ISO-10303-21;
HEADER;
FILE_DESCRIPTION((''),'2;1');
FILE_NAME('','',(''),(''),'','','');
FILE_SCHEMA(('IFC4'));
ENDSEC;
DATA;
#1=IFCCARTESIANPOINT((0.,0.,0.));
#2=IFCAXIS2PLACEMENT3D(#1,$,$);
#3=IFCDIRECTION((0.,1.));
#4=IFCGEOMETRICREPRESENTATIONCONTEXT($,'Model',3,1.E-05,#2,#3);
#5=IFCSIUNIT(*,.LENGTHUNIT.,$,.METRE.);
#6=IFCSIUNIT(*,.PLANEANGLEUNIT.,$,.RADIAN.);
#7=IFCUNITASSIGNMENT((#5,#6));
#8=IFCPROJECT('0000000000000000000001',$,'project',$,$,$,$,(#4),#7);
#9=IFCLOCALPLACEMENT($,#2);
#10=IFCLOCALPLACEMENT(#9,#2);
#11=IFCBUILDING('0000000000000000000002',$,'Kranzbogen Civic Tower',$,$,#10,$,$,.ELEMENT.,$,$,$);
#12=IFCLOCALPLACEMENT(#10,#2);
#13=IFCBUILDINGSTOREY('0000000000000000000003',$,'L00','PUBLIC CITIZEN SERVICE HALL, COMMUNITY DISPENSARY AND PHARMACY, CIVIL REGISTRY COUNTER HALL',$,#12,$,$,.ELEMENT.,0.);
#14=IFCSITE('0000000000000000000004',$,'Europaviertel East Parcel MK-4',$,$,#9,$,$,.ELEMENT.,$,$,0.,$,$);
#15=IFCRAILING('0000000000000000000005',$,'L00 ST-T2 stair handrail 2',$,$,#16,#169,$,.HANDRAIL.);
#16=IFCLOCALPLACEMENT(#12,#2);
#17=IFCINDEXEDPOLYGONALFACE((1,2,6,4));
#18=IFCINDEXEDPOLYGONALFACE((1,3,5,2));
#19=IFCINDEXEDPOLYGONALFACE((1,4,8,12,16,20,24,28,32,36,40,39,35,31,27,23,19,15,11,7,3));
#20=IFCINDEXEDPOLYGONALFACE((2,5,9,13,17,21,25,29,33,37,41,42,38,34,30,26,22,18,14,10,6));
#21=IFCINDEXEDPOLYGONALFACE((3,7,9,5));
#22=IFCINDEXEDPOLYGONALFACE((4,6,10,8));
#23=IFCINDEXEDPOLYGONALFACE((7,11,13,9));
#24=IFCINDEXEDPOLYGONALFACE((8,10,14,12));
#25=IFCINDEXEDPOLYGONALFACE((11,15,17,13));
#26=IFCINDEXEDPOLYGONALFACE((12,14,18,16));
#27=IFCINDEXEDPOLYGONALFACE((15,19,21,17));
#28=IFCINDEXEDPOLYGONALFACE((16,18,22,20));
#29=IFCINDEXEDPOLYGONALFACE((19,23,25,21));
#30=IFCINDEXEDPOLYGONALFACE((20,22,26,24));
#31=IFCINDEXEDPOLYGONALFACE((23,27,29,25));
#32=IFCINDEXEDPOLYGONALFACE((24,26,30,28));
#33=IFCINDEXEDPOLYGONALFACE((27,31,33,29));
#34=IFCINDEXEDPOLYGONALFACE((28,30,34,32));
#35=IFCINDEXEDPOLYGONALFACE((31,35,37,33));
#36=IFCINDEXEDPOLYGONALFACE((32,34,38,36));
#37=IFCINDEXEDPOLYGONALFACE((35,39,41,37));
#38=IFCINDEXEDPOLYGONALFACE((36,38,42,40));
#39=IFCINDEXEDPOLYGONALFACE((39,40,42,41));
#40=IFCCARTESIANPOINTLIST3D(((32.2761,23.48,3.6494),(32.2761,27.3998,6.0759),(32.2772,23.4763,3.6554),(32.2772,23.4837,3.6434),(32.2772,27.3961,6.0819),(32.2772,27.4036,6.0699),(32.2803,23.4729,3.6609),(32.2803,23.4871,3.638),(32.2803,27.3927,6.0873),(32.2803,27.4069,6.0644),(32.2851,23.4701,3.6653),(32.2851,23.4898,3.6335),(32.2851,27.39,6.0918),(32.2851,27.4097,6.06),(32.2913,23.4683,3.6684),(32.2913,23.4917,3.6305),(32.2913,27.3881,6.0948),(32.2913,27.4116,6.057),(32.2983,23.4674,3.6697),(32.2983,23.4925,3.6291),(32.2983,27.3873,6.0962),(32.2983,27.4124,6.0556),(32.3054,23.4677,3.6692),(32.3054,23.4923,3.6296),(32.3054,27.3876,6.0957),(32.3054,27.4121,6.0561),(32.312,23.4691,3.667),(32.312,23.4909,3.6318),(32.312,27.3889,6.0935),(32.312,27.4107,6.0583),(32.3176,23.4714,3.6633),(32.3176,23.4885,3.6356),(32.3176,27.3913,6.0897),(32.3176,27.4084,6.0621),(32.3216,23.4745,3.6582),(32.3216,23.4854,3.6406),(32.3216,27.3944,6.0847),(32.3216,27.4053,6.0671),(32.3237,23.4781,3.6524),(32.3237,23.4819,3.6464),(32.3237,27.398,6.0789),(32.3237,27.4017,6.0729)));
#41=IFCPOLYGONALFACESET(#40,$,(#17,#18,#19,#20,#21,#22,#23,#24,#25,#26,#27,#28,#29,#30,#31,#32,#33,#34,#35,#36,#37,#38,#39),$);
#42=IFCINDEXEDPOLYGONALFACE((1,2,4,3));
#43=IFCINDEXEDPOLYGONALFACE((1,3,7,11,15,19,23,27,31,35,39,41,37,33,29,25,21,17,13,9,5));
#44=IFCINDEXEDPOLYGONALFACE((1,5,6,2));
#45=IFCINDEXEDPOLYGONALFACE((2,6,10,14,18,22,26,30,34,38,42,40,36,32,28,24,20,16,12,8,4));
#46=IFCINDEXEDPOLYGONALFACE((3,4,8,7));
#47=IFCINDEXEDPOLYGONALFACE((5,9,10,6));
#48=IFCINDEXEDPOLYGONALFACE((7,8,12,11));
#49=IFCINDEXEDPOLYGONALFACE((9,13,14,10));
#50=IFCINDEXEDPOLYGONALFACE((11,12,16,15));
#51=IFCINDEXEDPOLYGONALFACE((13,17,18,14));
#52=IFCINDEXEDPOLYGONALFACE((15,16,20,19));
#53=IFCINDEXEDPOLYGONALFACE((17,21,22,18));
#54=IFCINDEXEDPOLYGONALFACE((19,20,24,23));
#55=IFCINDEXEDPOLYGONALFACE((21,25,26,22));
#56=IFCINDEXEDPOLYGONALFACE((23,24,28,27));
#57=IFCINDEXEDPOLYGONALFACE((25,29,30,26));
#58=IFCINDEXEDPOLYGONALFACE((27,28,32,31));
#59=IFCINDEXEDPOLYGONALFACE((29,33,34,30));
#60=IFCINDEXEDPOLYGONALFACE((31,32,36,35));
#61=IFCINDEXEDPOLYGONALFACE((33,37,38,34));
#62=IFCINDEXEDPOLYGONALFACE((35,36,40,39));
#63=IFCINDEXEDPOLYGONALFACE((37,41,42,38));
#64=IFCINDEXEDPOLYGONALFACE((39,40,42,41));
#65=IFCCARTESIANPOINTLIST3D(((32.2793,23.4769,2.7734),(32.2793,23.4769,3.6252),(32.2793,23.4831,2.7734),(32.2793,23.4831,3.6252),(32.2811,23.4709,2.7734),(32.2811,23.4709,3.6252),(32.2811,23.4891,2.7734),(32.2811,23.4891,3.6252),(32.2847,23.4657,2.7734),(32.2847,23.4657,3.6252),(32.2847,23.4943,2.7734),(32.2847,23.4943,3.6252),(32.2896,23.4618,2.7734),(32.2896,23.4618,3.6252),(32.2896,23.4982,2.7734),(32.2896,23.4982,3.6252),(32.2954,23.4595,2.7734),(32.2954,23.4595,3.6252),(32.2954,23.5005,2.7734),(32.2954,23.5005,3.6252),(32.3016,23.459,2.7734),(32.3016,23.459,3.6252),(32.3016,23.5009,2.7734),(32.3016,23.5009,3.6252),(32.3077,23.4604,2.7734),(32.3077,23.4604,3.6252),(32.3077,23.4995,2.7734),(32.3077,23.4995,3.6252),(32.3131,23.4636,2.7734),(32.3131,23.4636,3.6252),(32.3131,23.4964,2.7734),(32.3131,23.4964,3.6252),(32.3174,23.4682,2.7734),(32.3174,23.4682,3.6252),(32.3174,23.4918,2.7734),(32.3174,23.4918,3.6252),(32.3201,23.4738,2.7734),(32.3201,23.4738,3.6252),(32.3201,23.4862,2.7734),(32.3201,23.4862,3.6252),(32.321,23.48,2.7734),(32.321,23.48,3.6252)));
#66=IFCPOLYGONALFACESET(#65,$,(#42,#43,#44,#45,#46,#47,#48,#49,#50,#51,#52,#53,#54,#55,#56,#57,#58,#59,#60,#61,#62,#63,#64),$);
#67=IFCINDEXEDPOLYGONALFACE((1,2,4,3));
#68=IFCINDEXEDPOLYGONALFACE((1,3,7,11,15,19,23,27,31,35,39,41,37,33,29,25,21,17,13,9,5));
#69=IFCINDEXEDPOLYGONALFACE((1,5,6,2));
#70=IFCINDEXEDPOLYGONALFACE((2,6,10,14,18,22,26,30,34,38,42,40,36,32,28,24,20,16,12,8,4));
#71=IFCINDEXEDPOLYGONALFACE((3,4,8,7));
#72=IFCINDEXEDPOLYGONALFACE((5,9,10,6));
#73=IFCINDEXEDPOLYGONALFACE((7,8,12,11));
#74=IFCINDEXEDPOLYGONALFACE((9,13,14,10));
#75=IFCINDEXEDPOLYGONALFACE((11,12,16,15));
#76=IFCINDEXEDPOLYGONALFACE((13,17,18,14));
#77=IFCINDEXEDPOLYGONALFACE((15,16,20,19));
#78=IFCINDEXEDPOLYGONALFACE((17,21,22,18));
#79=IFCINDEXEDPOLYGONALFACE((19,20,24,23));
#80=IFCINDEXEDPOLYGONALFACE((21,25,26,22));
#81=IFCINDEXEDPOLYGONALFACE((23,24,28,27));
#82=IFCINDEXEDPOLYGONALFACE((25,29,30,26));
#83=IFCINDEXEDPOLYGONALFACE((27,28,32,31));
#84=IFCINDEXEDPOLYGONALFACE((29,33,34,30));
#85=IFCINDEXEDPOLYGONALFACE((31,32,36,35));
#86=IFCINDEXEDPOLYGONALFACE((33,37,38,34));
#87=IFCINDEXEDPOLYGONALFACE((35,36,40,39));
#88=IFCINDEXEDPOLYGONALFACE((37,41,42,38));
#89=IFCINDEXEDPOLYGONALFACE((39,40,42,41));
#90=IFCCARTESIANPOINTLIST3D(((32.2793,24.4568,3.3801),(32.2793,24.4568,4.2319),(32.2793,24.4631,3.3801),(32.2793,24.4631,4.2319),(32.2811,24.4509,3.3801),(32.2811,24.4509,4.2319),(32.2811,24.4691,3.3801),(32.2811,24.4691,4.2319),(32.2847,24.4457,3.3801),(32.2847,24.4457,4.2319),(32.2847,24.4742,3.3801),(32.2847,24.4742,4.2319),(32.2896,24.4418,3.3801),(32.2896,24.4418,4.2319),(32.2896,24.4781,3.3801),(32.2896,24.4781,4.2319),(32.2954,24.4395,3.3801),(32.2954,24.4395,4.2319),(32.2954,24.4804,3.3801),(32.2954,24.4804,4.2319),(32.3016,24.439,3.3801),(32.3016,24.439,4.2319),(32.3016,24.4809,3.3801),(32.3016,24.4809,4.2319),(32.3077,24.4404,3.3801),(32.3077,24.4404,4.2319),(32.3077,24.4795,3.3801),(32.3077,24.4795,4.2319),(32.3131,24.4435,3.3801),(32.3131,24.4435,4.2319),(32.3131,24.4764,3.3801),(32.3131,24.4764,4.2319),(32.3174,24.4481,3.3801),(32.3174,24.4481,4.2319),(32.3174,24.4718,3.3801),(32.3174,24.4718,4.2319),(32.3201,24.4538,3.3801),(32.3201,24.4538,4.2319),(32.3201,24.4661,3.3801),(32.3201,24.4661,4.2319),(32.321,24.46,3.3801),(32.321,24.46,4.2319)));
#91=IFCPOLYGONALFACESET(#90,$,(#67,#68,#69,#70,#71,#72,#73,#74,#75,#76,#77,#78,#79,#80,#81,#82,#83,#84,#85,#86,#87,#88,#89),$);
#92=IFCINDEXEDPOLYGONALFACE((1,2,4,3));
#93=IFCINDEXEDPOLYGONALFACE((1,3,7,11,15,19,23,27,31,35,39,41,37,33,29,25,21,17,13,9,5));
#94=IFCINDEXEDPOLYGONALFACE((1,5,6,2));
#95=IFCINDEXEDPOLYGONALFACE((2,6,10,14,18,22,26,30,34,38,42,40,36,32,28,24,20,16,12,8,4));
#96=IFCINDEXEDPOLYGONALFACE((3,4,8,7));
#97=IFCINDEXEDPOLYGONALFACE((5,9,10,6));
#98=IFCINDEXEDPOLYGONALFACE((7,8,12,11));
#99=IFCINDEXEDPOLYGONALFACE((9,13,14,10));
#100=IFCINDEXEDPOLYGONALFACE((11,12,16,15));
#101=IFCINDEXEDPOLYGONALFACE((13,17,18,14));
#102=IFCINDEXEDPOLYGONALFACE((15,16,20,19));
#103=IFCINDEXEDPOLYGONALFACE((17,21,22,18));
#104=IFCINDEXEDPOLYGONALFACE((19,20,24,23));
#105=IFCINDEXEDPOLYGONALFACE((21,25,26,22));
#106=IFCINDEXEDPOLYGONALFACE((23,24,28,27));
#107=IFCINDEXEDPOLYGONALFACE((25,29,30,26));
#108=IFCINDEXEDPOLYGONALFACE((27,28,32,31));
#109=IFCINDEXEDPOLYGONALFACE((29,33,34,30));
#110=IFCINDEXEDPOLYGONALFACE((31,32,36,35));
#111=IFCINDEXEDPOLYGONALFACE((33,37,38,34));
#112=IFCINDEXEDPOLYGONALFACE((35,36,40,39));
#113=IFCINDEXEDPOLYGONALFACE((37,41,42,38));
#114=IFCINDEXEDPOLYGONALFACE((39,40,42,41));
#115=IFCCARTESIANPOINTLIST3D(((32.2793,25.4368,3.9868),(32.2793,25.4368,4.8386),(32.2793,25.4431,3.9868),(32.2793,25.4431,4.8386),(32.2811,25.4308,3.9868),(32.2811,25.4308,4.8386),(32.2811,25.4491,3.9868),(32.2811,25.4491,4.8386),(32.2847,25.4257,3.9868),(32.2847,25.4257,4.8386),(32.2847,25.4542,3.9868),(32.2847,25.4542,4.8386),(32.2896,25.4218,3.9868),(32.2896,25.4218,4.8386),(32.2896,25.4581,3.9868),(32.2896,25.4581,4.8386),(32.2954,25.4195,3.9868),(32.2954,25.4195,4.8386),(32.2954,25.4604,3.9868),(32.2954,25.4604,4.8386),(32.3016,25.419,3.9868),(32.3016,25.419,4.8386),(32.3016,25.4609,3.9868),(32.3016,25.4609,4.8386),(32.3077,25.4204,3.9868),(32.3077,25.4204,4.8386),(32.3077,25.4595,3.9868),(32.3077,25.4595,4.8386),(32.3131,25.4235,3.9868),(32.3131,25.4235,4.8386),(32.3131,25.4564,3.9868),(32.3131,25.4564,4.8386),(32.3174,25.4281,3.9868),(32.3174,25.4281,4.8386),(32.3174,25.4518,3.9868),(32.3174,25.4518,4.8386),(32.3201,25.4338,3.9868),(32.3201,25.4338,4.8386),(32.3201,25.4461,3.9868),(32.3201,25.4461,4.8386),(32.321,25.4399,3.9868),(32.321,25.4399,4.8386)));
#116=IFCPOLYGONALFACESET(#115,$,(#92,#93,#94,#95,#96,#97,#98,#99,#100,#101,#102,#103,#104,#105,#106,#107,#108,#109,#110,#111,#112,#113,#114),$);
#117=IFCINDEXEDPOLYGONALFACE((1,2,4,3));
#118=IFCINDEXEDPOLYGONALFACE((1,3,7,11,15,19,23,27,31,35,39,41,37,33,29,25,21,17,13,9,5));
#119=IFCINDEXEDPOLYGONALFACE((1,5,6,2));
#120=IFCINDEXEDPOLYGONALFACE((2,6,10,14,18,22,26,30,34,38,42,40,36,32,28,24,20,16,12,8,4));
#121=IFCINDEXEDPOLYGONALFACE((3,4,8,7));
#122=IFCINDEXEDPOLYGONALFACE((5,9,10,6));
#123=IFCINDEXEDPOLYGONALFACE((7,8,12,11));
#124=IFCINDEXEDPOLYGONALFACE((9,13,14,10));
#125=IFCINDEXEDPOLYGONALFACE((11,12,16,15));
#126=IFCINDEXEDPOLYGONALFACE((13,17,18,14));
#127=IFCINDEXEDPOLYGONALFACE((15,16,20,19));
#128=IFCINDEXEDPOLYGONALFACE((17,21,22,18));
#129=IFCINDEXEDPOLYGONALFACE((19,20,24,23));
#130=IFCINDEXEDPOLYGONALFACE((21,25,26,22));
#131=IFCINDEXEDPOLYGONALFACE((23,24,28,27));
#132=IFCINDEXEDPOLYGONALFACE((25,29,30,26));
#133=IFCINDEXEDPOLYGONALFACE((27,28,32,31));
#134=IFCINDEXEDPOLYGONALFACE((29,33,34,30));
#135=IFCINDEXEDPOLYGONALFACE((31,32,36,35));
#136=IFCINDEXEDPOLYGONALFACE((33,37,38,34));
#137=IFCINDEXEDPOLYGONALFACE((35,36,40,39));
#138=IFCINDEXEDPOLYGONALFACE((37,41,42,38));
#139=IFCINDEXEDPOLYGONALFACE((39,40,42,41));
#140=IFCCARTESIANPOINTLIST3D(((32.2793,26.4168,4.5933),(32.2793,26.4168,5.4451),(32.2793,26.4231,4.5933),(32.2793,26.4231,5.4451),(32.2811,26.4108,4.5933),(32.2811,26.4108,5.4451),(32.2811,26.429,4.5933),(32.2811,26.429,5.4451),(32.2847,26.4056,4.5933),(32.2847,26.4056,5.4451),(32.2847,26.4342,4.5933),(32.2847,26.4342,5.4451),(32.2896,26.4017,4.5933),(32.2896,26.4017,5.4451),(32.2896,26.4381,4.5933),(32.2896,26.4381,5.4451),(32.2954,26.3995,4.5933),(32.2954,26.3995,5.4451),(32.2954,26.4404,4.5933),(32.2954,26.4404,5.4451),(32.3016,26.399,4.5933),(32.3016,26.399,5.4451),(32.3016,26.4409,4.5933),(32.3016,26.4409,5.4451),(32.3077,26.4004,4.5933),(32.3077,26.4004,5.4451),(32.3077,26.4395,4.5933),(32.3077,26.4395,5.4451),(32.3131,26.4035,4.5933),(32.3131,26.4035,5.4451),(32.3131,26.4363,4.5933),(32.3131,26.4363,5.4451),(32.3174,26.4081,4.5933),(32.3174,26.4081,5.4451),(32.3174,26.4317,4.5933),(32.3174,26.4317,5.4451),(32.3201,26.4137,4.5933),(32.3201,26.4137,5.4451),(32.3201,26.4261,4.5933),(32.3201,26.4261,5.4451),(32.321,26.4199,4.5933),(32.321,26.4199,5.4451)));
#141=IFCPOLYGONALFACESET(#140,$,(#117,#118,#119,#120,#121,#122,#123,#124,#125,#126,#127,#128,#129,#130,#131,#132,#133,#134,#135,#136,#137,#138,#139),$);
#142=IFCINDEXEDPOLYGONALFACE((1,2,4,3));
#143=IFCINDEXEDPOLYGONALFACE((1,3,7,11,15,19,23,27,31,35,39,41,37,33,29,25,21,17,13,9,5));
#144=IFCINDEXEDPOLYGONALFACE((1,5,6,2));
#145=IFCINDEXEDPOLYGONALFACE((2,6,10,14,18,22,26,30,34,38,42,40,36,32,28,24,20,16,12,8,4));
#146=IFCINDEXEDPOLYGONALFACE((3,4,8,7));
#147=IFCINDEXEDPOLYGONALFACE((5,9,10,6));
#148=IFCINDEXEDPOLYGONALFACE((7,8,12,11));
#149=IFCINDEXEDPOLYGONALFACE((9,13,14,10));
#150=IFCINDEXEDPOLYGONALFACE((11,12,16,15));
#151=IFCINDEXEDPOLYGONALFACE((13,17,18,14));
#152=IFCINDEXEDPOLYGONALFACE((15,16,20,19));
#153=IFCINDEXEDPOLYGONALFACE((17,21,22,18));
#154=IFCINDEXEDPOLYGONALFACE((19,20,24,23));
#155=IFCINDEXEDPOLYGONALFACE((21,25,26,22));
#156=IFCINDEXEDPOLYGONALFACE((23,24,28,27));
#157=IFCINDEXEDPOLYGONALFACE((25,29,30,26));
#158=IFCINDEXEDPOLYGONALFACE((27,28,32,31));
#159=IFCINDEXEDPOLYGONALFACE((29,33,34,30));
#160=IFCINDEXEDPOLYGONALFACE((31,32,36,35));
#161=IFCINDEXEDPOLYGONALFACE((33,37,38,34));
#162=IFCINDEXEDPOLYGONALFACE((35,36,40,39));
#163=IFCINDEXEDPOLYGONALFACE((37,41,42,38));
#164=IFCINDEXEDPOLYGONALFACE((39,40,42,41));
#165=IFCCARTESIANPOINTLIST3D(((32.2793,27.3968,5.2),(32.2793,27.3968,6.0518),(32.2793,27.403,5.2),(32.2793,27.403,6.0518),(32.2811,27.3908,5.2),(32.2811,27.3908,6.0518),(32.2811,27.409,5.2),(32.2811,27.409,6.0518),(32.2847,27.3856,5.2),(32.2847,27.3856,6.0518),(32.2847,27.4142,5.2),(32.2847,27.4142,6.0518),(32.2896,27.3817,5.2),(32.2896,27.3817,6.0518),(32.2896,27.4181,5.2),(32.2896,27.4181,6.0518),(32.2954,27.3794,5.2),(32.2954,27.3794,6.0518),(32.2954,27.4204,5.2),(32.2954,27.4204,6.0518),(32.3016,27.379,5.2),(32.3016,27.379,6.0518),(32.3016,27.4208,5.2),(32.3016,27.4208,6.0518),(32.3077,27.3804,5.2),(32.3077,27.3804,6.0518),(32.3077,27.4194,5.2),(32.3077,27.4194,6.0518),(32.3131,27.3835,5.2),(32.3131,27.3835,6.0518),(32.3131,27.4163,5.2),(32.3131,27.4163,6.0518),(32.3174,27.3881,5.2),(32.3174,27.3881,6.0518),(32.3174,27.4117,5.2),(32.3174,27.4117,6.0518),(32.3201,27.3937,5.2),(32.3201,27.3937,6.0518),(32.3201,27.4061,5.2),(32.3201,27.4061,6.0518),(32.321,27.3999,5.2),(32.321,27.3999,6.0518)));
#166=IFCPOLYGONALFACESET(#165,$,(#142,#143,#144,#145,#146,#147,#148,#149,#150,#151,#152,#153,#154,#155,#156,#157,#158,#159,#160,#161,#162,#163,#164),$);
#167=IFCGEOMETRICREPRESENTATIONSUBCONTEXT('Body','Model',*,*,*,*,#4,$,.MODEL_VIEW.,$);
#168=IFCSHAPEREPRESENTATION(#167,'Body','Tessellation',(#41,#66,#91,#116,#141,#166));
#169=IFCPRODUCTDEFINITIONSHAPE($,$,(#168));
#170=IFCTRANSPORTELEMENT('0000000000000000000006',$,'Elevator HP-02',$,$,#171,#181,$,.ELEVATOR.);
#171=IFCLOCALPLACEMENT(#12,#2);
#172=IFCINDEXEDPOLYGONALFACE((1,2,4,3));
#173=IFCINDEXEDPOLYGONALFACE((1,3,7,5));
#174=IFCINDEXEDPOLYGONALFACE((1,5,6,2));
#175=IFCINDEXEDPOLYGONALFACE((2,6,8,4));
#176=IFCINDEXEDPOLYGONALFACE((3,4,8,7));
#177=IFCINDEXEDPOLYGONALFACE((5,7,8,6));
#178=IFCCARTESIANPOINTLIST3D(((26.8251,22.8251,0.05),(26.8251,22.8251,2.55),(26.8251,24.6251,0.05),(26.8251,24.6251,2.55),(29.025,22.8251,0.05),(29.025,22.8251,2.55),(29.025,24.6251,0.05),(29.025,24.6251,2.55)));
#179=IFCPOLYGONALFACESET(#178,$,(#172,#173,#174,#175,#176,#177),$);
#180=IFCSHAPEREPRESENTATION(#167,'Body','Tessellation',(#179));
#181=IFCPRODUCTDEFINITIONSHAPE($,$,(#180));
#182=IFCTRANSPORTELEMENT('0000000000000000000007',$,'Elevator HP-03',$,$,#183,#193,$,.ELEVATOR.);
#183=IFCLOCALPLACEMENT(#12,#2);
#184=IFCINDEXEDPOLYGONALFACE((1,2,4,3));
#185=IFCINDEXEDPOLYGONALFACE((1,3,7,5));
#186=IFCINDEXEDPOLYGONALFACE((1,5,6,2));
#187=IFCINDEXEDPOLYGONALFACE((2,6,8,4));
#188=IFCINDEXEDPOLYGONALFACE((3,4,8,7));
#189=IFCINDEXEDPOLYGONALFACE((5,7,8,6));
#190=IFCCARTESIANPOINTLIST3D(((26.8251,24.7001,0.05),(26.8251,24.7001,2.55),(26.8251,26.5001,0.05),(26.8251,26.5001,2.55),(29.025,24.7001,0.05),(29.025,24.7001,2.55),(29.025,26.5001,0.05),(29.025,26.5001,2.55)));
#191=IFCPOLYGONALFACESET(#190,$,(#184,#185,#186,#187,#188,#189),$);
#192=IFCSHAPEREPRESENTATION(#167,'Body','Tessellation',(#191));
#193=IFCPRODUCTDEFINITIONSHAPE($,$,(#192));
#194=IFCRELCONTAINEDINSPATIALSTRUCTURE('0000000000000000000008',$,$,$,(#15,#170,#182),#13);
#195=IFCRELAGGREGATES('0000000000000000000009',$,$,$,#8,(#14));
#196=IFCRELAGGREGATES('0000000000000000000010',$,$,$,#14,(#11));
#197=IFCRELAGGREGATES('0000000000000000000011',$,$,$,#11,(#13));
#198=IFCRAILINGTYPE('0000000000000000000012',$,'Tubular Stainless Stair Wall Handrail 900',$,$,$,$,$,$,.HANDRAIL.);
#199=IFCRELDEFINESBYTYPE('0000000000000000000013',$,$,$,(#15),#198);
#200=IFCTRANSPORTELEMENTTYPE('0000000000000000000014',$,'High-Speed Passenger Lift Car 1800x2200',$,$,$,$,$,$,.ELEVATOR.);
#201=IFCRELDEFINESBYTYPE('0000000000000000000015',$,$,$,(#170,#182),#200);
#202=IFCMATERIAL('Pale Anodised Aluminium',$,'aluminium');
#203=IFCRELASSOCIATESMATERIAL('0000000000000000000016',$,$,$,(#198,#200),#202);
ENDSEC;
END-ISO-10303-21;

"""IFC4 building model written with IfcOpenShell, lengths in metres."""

from ifc_helpers import new_model, si_unit, direction, frame, origin, origin_2d, place, context, subcontext, project, spatial, rectangle, circle, extrude, material, type_object, element, save


model = new_model("IFC4")

# Units and contexts
model_context = context("Model", 3, precision=1e-05, world=origin(), true_north=direction((0.0, 1.0)))
body_context = subcontext(model_context, "Body", "Model", "MODEL_VIEW")
ifc_project = project(units=[si_unit("LENGTHUNIT", "METRE"), si_unit("PLANEANGLEUNIT", "RADIAN")], contexts=[model_context])

# Site, building, storey
site_placement = place(None, origin())
site = spatial("IfcSite", under=ifc_project, at=site_placement, Name="Europaviertel East Parcel MK-4", CompositionType="ELEMENT", RefElevation=0.0)
building_placement = place(site_placement, origin())
building = spatial("IfcBuilding", under=site, at=building_placement, Name="Kranzbogen Civic Tower", CompositionType="ELEMENT")
storey_placement = place(building_placement, origin())
storey = spatial("IfcBuildingStorey", under=building, at=storey_placement, Name="L00", Description="PUBLIC CITIZEN SERVICE HALL, COMMUNITY DISPENSARY AND PHARMACY, CIVIL REGISTRY COUNTER HALL", CompositionType="ELEMENT", Elevation=0.0)

# Shared definitions
ifc_material_1 = material(Name="Pale Anodised Aluminium", Category="aluminium")

# Railing
railing_type_1 = type_object("IfcRailingType", Name="Tubular Stainless Stair Wall Handrail 900", PredefinedType="HANDRAIL", material=ifc_material_1)
railing_1_placement = place(storey_placement, frame((32.3, 23.48, 2.7734)))
element("IfcRailing", 1, at=railing_1_placement, inside=storey, type_object=railing_type_1, Name="L00 ST-T2 stair handrail 2", PredefinedType="HANDRAIL", context=body_context, shape_type="SweptSolid", body=[
    extrude(circle(Radius=0.0239, at=origin_2d()), frame((0.0, 0.0, 0.876), z_axis=(0.0, 0.850275, 0.526338), x_axis=(-1.0, 0.0, 0.0)), (0.0, 0.0, 1.0), 4.6101),
    extrude(circle(Radius=0.021, at=origin_2d()), origin(), (0.0, 0.0, 1.0), 0.8518),
    extrude(circle(Radius=0.021, at=origin_2d()), frame((0.0, 0.98, 0.6067)), (0.0, 0.0, 1.0), 0.8518),
    extrude(circle(Radius=0.021, at=origin_2d()), frame((0.0, 1.96, 1.2134)), (0.0, 0.0, 1.0), 0.8518),
    extrude(circle(Radius=0.021, at=origin_2d()), frame((0.0, 2.9399, 1.8198)), (0.0, 0.0, 1.0), 0.8518),
    extrude(circle(Radius=0.021, at=origin_2d()), frame((0.0, 3.9199, 2.4265)), (0.0, 0.0, 1.0), 0.8518),
])

# Transport elements
transport_element_type = type_object("IfcTransportElementType", Name="High-Speed Passenger Lift Car 1800x2200", PredefinedType="ELEVATOR", material=ifc_material_1)
for number, where, z_axis, x_axis, name in (
    (2, (27.925, 23.7251, 0.05), (0.0, 0.0, 1.0), (1.0, 0.0, 0.0), "Elevator HP-02"),
    (3, (27.925, 25.6001, 0.05), (0.0, 0.0, 1.0), (1.0, 0.0, 0.0), "Elevator HP-03"),
):
    element("IfcTransportElement", number, at=place(storey_placement, frame(where, z_axis=z_axis, x_axis=x_axis)), inside=storey, type_object=transport_element_type, Name=name, PredefinedType="ELEVATOR", context=body_context, shape_type="SweptSolid", body=[
        extrude(rectangle(XDim=2.2, YDim=1.8, at=origin_2d()), origin(), (0.0, 0.0, 1.0), 2.5),
    ])

save(model, "model.ifc")
